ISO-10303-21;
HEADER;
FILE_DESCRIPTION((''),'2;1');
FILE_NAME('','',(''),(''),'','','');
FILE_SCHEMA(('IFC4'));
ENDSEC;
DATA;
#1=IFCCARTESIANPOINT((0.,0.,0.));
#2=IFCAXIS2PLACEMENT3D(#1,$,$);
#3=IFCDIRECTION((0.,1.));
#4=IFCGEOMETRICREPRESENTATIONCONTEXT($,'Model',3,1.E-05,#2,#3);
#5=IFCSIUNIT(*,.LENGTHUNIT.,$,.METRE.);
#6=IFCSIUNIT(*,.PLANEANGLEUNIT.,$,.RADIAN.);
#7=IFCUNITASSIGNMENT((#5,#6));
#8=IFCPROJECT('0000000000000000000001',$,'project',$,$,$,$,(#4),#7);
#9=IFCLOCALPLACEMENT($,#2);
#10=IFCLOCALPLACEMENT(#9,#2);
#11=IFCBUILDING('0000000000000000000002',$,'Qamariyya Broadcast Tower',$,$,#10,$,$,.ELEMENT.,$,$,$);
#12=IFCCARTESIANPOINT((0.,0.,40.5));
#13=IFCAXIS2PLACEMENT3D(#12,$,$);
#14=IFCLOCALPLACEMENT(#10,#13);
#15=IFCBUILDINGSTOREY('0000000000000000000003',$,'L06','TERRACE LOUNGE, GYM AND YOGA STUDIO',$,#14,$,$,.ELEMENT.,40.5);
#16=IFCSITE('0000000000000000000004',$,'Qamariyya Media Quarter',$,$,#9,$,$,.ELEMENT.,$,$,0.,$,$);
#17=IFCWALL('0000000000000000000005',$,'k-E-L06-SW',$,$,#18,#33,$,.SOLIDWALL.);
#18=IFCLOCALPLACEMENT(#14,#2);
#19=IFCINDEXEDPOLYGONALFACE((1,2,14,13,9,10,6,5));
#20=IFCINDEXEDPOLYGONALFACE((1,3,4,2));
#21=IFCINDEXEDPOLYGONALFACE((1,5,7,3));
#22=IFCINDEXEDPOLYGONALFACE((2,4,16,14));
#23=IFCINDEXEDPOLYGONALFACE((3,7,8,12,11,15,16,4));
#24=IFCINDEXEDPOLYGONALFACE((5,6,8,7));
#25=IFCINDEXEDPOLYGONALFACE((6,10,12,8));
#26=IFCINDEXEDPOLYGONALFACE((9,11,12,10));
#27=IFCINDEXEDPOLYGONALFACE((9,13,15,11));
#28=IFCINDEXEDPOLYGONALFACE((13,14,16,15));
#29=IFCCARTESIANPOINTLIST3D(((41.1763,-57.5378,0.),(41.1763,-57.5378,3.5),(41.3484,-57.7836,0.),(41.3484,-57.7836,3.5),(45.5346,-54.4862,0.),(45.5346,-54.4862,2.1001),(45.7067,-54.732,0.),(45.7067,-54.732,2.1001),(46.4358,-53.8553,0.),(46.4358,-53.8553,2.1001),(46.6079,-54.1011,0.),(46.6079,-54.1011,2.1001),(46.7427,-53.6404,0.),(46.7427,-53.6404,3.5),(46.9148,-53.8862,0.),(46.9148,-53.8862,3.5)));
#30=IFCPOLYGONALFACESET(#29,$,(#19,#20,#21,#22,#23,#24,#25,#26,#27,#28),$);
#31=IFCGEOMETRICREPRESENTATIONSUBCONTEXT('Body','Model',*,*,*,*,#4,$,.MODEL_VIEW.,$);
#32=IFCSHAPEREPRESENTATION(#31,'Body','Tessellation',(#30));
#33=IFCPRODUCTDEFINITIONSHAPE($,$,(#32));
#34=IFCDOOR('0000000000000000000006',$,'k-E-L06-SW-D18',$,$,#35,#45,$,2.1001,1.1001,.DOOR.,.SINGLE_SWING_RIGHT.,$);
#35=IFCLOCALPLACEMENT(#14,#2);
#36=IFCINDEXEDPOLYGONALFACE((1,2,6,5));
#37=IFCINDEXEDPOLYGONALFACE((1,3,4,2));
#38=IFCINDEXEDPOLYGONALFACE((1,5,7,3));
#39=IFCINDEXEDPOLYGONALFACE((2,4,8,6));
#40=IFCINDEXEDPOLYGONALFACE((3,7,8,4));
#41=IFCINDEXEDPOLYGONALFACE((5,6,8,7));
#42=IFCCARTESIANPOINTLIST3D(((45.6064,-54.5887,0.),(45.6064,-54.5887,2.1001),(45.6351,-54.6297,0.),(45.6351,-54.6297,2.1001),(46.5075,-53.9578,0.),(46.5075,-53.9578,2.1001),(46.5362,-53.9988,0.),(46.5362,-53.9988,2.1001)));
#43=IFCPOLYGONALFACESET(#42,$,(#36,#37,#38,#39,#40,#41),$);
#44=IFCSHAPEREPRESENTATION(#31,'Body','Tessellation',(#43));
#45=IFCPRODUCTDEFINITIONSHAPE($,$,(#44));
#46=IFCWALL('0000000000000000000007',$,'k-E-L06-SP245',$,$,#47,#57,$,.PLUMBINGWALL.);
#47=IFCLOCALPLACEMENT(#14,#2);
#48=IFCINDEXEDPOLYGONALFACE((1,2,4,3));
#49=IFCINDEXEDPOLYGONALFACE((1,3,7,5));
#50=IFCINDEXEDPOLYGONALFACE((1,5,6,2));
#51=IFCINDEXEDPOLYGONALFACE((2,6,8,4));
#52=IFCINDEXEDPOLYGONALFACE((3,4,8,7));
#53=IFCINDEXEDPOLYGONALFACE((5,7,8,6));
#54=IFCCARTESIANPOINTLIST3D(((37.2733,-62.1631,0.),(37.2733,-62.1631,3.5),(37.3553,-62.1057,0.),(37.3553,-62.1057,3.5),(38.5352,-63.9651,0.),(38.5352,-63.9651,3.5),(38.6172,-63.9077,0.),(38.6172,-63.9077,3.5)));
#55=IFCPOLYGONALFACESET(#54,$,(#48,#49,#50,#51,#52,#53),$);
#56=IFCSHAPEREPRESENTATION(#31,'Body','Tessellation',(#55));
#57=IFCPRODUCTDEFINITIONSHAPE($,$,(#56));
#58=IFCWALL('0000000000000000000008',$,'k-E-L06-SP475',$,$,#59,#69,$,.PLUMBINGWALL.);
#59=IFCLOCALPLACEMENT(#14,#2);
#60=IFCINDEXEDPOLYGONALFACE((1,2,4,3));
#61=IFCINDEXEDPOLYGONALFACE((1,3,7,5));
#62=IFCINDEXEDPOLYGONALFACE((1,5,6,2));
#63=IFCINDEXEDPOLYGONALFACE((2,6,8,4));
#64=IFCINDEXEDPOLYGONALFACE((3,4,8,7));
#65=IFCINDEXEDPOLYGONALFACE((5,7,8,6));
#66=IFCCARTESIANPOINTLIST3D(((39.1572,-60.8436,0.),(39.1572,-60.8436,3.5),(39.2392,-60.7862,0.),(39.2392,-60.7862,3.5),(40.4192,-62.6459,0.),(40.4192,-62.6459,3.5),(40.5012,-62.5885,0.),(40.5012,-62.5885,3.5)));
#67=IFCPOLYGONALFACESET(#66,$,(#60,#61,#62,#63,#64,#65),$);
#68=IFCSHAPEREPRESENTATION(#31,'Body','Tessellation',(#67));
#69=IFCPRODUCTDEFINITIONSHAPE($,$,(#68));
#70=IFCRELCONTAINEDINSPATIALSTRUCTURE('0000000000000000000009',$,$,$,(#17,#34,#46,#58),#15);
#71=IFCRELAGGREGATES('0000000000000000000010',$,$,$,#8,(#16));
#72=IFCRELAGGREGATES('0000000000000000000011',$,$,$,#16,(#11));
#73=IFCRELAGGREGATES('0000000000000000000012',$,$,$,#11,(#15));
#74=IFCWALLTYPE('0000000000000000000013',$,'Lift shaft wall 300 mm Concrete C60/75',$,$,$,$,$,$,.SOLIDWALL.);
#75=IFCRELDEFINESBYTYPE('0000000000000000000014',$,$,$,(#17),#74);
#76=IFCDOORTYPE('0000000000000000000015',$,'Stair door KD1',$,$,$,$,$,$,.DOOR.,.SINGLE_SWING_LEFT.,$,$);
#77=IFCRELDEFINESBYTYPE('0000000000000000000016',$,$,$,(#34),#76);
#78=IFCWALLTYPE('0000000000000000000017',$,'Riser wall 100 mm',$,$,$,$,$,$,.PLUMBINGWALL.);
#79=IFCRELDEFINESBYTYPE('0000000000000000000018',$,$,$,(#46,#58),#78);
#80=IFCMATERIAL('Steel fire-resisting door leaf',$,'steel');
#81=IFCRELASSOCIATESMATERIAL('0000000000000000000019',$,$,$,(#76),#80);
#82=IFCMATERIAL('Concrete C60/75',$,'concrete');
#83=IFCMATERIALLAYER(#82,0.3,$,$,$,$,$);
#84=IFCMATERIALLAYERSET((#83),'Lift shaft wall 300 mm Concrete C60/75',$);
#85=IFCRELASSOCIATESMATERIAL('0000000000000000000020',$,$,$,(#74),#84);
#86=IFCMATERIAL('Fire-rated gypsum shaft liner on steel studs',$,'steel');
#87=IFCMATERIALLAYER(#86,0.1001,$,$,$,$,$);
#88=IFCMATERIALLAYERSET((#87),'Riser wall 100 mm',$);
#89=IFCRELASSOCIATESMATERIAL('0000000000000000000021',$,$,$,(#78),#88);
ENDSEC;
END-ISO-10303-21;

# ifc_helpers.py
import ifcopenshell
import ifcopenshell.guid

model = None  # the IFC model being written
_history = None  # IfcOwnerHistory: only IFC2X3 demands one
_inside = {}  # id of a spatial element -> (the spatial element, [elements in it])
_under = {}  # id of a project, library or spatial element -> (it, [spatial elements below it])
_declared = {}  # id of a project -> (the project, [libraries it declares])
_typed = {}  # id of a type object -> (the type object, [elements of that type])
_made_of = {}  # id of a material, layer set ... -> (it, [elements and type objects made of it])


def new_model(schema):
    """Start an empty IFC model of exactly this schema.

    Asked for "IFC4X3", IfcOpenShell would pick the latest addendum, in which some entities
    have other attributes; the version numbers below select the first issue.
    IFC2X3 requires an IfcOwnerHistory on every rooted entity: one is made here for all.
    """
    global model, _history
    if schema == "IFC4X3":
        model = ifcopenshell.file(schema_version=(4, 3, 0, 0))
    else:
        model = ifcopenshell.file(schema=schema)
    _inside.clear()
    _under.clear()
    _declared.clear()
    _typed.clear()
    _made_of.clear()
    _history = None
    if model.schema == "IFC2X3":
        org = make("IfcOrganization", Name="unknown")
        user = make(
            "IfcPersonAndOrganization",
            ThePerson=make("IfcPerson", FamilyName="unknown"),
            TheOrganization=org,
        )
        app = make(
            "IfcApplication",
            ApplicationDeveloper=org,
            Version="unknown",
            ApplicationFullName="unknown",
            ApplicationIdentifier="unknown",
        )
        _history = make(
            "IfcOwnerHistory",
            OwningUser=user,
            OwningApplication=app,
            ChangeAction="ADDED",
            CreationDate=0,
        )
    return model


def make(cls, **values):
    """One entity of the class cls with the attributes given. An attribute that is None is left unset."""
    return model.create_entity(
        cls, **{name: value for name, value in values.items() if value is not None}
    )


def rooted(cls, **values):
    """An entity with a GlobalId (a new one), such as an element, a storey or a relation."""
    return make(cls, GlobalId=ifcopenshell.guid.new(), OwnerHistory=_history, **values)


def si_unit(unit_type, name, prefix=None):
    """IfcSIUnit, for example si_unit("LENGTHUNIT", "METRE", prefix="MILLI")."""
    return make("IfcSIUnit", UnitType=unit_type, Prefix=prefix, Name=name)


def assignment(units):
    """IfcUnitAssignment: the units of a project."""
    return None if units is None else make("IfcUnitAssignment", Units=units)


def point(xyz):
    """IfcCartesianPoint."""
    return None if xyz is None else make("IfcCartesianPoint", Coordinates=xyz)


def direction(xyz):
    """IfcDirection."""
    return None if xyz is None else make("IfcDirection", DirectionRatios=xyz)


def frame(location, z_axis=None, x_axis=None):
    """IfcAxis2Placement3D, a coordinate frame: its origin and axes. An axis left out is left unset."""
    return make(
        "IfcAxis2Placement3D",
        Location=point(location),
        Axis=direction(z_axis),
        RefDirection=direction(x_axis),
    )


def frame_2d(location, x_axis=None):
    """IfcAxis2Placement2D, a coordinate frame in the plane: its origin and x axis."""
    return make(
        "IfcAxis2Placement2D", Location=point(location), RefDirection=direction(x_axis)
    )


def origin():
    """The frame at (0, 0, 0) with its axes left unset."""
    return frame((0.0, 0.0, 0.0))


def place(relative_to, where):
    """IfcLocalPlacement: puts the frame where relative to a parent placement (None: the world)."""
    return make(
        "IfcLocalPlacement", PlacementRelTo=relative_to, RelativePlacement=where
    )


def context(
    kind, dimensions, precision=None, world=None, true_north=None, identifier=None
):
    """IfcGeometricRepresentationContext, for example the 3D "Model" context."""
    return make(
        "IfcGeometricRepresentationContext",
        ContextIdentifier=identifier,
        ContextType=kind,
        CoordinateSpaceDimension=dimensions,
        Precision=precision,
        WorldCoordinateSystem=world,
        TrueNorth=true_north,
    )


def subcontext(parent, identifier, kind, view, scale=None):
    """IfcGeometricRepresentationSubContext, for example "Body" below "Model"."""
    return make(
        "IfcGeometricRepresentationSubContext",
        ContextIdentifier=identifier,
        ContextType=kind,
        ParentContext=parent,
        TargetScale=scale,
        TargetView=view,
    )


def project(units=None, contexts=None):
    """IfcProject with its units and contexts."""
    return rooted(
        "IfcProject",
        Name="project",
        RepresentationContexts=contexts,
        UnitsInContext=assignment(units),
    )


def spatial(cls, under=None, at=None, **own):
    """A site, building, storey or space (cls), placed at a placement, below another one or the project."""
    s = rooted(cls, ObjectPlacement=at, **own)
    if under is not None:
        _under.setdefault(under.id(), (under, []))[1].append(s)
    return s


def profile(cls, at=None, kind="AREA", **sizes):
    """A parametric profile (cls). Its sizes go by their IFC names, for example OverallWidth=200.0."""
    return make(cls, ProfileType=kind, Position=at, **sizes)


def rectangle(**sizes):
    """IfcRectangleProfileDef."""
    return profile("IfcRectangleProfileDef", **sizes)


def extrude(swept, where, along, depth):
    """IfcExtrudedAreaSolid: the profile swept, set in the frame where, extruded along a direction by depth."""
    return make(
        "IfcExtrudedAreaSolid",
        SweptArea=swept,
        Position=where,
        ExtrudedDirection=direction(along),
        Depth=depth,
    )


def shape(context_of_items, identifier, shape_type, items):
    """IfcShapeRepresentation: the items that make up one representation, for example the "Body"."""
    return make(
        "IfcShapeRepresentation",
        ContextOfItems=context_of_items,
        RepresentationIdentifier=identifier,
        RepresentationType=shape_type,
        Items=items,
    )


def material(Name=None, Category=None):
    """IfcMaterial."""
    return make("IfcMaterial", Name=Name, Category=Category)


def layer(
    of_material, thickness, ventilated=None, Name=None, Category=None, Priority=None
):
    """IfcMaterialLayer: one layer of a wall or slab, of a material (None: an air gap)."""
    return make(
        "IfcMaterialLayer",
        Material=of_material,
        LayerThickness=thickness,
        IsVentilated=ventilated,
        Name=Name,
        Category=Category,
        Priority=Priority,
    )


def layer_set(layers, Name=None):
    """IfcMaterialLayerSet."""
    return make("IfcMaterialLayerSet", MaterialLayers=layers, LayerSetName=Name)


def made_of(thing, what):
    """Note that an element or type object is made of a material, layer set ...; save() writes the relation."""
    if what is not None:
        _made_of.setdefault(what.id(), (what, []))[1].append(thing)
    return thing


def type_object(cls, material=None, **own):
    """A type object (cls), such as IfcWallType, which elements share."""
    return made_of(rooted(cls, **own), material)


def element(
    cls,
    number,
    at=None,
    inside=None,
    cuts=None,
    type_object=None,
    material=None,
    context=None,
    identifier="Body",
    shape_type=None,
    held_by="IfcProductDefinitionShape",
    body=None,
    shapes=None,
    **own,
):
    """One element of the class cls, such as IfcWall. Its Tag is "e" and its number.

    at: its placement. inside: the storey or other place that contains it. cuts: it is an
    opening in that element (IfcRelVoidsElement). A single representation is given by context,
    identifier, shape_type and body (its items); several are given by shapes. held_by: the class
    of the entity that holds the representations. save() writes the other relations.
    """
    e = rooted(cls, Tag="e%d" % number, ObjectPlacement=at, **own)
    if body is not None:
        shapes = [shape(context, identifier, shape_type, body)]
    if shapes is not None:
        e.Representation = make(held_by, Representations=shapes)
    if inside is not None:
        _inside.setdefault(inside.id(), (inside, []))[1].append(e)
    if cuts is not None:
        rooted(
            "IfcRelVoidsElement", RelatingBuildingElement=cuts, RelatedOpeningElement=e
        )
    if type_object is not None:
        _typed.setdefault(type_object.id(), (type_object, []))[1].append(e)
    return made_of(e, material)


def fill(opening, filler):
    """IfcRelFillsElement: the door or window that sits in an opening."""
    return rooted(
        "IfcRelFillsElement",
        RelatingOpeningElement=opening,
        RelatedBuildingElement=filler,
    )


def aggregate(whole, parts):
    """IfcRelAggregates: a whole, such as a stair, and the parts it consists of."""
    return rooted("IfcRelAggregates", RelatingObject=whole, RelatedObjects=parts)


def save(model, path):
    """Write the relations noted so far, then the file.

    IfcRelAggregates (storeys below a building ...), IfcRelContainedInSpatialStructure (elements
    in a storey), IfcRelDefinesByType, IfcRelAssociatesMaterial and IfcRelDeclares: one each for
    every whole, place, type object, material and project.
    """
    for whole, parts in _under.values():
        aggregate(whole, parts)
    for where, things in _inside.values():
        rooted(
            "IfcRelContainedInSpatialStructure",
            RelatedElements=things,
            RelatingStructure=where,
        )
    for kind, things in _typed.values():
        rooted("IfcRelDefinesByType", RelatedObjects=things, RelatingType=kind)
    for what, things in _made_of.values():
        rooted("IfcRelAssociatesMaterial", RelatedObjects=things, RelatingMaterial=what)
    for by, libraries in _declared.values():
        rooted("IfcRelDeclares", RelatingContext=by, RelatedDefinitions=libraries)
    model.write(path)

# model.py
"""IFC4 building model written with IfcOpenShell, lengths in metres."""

from ifc_helpers import new_model, si_unit, direction, frame, frame_2d, origin, place, context, subcontext, project, spatial, rectangle, extrude, material, layer, layer_set, type_object, element, fill, save


model = new_model("IFC4")

# Units and contexts
model_context = context("Model", 3, precision=1e-05, world=origin(), true_north=direction((0.0, 1.0)))
body_context = subcontext(model_context, "Body", "Model", "MODEL_VIEW")
ifc_project = project(units=[si_unit("LENGTHUNIT", "METRE"), si_unit("PLANEANGLEUNIT", "RADIAN")], contexts=[model_context])

# Site, building, storey
site_placement = place(None, origin())
site = spatial("IfcSite", under=ifc_project, at=site_placement, Name="Qamariyya Media Quarter", CompositionType="ELEMENT", RefElevation=0.0)
building_placement = place(site_placement, origin())
building = spatial("IfcBuilding", under=site, at=building_placement, Name="Qamariyya Broadcast Tower", CompositionType="ELEMENT")
storey_placement = place(building_placement, frame((0.0, 0.0, 40.5)))
storey = spatial("IfcBuildingStorey", under=building, at=storey_placement, Name="L06", Description="TERRACE LOUNGE, GYM AND YOGA STUDIO", CompositionType="ELEMENT", Elevation=40.5)

# Shared definitions
ifc_material_1 = material(Name="Steel fire-resisting door leaf", Category="steel")
door_type_1 = type_object("IfcDoorType", Name="Stair door KD1", OperationType="SINGLE_SWING_LEFT", PredefinedType="DOOR", material=ifc_material_1)

# Shared definitions
ifc_material_2 = material(Name="Concrete C60/75", Category="concrete")
ifc_layer_1 = layer(ifc_material_2, 0.3)
ifc_layer_set_1 = layer_set([ifc_layer_1], Name="Lift shaft wall 300 mm Concrete C60/75")
wall_type_1 = type_object("IfcWallType", Name="Lift shaft wall 300 mm Concrete C60/75", PredefinedType="SOLIDWALL", material=ifc_layer_set_1)

# Wall, opening, door
wall_1_placement = place(storey_placement, frame((41.2625, -57.6606, 0.0), z_axis=(0.0, 0.0, 1.0), x_axis=(0.819164, 0.573559, 0.0)))
wall_1 = element("IfcWall", 1, at=wall_1_placement, inside=storey, type_object=wall_type_1, Name="k-E-L06-SW", PredefinedType="SOLIDWALL", context=body_context, shape_type="SweptSolid", body=[
    extrude(rectangle(XDim=6.7952, YDim=0.3, at=frame_2d((3.3975, 0.0))), origin(), (0.0, 0.0, 1.0), 3.5),
])
opening_1_placement = place(wall_1_placement, frame((5.3203, 0.0, 0.0)))
opening_1 = element("IfcOpeningElement", 2, at=opening_1_placement, cuts=wall_1, PredefinedType="OPENING", context=body_context, shape_type="SweptSolid", body=[
    extrude(rectangle(XDim=1.1001, YDim=2.1001, at=frame_2d((0.55, 1.05))), frame((0.0, 0.1599, 0.0), z_axis=(0.0, -1.0, 0.0), x_axis=(1.0, 0.0, 0.0)), (0.0, 0.0, 1.0), 0.3201),
])
door_1_placement = place(opening_1_placement, origin())
door_1 = element("IfcDoor", 3, at=door_1_placement, inside=storey, type_object=door_type_1, Name="k-E-L06-SW-D18", OperationType="SINGLE_SWING_RIGHT", OverallHeight=2.1001, OverallWidth=1.1001, PredefinedType="DOOR", context=body_context, shape_type="SweptSolid", body=[
    extrude(rectangle(XDim=1.1001, YDim=2.1001, at=frame_2d((0.55, 1.05))), frame((0.0, 0.0249, 0.0), z_axis=(0.0, -1.0, 0.0), x_axis=(1.0, 0.0, 0.0)), (0.0, 0.0, 1.0), 0.05),
])
fill(opening_1, door_1)

# Walls
ifc_material_3 = material(Name="Fire-rated gypsum shaft liner on steel studs", Category="steel")
ifc_layer_2 = layer(ifc_material_3, 0.1001)
ifc_layer_set_2 = layer_set([ifc_layer_2], Name="Riser wall 100 mm")
wall_type_2 = type_object("IfcWallType", Name="Riser wall 100 mm", PredefinedType="PLUMBINGWALL", material=ifc_layer_set_2)
wall_2_placement = place(storey_placement, frame((37.3142, -62.1343, 0.0), z_axis=(0.0, 0.0, 1.0), x_axis=(0.573634, -0.819112, 0.0)))
element("IfcWall", 4, at=wall_2_placement, inside=storey, type_object=wall_type_2, Name="k-E-L06-SP245", PredefinedType="PLUMBINGWALL", context=body_context, shape_type="SweptSolid", body=[
    extrude(rectangle(XDim=2.2, YDim=0.1001, at=frame_2d((1.1001, 0.0))), origin(), (0.0, 0.0, 1.0), 3.5),
])
wall_3_placement = place(storey_placement, frame((39.1982, -60.8149, 0.0), z_axis=(0.0, 0.0, 1.0), x_axis=(0.573581, -0.819149, 0.0)))
element("IfcWall", 5, at=wall_3_placement, inside=storey, type_object=wall_type_2, Name="k-E-L06-SP475", PredefinedType="PLUMBINGWALL", context=body_context, shape_type="SweptSolid", body=[
    extrude(rectangle(XDim=2.2002, YDim=0.1001, at=frame_2d((1.1001, 0.0))), origin(), (0.0, 0.0, 1.0), 3.5),
])

save(model, "model.ifc")
